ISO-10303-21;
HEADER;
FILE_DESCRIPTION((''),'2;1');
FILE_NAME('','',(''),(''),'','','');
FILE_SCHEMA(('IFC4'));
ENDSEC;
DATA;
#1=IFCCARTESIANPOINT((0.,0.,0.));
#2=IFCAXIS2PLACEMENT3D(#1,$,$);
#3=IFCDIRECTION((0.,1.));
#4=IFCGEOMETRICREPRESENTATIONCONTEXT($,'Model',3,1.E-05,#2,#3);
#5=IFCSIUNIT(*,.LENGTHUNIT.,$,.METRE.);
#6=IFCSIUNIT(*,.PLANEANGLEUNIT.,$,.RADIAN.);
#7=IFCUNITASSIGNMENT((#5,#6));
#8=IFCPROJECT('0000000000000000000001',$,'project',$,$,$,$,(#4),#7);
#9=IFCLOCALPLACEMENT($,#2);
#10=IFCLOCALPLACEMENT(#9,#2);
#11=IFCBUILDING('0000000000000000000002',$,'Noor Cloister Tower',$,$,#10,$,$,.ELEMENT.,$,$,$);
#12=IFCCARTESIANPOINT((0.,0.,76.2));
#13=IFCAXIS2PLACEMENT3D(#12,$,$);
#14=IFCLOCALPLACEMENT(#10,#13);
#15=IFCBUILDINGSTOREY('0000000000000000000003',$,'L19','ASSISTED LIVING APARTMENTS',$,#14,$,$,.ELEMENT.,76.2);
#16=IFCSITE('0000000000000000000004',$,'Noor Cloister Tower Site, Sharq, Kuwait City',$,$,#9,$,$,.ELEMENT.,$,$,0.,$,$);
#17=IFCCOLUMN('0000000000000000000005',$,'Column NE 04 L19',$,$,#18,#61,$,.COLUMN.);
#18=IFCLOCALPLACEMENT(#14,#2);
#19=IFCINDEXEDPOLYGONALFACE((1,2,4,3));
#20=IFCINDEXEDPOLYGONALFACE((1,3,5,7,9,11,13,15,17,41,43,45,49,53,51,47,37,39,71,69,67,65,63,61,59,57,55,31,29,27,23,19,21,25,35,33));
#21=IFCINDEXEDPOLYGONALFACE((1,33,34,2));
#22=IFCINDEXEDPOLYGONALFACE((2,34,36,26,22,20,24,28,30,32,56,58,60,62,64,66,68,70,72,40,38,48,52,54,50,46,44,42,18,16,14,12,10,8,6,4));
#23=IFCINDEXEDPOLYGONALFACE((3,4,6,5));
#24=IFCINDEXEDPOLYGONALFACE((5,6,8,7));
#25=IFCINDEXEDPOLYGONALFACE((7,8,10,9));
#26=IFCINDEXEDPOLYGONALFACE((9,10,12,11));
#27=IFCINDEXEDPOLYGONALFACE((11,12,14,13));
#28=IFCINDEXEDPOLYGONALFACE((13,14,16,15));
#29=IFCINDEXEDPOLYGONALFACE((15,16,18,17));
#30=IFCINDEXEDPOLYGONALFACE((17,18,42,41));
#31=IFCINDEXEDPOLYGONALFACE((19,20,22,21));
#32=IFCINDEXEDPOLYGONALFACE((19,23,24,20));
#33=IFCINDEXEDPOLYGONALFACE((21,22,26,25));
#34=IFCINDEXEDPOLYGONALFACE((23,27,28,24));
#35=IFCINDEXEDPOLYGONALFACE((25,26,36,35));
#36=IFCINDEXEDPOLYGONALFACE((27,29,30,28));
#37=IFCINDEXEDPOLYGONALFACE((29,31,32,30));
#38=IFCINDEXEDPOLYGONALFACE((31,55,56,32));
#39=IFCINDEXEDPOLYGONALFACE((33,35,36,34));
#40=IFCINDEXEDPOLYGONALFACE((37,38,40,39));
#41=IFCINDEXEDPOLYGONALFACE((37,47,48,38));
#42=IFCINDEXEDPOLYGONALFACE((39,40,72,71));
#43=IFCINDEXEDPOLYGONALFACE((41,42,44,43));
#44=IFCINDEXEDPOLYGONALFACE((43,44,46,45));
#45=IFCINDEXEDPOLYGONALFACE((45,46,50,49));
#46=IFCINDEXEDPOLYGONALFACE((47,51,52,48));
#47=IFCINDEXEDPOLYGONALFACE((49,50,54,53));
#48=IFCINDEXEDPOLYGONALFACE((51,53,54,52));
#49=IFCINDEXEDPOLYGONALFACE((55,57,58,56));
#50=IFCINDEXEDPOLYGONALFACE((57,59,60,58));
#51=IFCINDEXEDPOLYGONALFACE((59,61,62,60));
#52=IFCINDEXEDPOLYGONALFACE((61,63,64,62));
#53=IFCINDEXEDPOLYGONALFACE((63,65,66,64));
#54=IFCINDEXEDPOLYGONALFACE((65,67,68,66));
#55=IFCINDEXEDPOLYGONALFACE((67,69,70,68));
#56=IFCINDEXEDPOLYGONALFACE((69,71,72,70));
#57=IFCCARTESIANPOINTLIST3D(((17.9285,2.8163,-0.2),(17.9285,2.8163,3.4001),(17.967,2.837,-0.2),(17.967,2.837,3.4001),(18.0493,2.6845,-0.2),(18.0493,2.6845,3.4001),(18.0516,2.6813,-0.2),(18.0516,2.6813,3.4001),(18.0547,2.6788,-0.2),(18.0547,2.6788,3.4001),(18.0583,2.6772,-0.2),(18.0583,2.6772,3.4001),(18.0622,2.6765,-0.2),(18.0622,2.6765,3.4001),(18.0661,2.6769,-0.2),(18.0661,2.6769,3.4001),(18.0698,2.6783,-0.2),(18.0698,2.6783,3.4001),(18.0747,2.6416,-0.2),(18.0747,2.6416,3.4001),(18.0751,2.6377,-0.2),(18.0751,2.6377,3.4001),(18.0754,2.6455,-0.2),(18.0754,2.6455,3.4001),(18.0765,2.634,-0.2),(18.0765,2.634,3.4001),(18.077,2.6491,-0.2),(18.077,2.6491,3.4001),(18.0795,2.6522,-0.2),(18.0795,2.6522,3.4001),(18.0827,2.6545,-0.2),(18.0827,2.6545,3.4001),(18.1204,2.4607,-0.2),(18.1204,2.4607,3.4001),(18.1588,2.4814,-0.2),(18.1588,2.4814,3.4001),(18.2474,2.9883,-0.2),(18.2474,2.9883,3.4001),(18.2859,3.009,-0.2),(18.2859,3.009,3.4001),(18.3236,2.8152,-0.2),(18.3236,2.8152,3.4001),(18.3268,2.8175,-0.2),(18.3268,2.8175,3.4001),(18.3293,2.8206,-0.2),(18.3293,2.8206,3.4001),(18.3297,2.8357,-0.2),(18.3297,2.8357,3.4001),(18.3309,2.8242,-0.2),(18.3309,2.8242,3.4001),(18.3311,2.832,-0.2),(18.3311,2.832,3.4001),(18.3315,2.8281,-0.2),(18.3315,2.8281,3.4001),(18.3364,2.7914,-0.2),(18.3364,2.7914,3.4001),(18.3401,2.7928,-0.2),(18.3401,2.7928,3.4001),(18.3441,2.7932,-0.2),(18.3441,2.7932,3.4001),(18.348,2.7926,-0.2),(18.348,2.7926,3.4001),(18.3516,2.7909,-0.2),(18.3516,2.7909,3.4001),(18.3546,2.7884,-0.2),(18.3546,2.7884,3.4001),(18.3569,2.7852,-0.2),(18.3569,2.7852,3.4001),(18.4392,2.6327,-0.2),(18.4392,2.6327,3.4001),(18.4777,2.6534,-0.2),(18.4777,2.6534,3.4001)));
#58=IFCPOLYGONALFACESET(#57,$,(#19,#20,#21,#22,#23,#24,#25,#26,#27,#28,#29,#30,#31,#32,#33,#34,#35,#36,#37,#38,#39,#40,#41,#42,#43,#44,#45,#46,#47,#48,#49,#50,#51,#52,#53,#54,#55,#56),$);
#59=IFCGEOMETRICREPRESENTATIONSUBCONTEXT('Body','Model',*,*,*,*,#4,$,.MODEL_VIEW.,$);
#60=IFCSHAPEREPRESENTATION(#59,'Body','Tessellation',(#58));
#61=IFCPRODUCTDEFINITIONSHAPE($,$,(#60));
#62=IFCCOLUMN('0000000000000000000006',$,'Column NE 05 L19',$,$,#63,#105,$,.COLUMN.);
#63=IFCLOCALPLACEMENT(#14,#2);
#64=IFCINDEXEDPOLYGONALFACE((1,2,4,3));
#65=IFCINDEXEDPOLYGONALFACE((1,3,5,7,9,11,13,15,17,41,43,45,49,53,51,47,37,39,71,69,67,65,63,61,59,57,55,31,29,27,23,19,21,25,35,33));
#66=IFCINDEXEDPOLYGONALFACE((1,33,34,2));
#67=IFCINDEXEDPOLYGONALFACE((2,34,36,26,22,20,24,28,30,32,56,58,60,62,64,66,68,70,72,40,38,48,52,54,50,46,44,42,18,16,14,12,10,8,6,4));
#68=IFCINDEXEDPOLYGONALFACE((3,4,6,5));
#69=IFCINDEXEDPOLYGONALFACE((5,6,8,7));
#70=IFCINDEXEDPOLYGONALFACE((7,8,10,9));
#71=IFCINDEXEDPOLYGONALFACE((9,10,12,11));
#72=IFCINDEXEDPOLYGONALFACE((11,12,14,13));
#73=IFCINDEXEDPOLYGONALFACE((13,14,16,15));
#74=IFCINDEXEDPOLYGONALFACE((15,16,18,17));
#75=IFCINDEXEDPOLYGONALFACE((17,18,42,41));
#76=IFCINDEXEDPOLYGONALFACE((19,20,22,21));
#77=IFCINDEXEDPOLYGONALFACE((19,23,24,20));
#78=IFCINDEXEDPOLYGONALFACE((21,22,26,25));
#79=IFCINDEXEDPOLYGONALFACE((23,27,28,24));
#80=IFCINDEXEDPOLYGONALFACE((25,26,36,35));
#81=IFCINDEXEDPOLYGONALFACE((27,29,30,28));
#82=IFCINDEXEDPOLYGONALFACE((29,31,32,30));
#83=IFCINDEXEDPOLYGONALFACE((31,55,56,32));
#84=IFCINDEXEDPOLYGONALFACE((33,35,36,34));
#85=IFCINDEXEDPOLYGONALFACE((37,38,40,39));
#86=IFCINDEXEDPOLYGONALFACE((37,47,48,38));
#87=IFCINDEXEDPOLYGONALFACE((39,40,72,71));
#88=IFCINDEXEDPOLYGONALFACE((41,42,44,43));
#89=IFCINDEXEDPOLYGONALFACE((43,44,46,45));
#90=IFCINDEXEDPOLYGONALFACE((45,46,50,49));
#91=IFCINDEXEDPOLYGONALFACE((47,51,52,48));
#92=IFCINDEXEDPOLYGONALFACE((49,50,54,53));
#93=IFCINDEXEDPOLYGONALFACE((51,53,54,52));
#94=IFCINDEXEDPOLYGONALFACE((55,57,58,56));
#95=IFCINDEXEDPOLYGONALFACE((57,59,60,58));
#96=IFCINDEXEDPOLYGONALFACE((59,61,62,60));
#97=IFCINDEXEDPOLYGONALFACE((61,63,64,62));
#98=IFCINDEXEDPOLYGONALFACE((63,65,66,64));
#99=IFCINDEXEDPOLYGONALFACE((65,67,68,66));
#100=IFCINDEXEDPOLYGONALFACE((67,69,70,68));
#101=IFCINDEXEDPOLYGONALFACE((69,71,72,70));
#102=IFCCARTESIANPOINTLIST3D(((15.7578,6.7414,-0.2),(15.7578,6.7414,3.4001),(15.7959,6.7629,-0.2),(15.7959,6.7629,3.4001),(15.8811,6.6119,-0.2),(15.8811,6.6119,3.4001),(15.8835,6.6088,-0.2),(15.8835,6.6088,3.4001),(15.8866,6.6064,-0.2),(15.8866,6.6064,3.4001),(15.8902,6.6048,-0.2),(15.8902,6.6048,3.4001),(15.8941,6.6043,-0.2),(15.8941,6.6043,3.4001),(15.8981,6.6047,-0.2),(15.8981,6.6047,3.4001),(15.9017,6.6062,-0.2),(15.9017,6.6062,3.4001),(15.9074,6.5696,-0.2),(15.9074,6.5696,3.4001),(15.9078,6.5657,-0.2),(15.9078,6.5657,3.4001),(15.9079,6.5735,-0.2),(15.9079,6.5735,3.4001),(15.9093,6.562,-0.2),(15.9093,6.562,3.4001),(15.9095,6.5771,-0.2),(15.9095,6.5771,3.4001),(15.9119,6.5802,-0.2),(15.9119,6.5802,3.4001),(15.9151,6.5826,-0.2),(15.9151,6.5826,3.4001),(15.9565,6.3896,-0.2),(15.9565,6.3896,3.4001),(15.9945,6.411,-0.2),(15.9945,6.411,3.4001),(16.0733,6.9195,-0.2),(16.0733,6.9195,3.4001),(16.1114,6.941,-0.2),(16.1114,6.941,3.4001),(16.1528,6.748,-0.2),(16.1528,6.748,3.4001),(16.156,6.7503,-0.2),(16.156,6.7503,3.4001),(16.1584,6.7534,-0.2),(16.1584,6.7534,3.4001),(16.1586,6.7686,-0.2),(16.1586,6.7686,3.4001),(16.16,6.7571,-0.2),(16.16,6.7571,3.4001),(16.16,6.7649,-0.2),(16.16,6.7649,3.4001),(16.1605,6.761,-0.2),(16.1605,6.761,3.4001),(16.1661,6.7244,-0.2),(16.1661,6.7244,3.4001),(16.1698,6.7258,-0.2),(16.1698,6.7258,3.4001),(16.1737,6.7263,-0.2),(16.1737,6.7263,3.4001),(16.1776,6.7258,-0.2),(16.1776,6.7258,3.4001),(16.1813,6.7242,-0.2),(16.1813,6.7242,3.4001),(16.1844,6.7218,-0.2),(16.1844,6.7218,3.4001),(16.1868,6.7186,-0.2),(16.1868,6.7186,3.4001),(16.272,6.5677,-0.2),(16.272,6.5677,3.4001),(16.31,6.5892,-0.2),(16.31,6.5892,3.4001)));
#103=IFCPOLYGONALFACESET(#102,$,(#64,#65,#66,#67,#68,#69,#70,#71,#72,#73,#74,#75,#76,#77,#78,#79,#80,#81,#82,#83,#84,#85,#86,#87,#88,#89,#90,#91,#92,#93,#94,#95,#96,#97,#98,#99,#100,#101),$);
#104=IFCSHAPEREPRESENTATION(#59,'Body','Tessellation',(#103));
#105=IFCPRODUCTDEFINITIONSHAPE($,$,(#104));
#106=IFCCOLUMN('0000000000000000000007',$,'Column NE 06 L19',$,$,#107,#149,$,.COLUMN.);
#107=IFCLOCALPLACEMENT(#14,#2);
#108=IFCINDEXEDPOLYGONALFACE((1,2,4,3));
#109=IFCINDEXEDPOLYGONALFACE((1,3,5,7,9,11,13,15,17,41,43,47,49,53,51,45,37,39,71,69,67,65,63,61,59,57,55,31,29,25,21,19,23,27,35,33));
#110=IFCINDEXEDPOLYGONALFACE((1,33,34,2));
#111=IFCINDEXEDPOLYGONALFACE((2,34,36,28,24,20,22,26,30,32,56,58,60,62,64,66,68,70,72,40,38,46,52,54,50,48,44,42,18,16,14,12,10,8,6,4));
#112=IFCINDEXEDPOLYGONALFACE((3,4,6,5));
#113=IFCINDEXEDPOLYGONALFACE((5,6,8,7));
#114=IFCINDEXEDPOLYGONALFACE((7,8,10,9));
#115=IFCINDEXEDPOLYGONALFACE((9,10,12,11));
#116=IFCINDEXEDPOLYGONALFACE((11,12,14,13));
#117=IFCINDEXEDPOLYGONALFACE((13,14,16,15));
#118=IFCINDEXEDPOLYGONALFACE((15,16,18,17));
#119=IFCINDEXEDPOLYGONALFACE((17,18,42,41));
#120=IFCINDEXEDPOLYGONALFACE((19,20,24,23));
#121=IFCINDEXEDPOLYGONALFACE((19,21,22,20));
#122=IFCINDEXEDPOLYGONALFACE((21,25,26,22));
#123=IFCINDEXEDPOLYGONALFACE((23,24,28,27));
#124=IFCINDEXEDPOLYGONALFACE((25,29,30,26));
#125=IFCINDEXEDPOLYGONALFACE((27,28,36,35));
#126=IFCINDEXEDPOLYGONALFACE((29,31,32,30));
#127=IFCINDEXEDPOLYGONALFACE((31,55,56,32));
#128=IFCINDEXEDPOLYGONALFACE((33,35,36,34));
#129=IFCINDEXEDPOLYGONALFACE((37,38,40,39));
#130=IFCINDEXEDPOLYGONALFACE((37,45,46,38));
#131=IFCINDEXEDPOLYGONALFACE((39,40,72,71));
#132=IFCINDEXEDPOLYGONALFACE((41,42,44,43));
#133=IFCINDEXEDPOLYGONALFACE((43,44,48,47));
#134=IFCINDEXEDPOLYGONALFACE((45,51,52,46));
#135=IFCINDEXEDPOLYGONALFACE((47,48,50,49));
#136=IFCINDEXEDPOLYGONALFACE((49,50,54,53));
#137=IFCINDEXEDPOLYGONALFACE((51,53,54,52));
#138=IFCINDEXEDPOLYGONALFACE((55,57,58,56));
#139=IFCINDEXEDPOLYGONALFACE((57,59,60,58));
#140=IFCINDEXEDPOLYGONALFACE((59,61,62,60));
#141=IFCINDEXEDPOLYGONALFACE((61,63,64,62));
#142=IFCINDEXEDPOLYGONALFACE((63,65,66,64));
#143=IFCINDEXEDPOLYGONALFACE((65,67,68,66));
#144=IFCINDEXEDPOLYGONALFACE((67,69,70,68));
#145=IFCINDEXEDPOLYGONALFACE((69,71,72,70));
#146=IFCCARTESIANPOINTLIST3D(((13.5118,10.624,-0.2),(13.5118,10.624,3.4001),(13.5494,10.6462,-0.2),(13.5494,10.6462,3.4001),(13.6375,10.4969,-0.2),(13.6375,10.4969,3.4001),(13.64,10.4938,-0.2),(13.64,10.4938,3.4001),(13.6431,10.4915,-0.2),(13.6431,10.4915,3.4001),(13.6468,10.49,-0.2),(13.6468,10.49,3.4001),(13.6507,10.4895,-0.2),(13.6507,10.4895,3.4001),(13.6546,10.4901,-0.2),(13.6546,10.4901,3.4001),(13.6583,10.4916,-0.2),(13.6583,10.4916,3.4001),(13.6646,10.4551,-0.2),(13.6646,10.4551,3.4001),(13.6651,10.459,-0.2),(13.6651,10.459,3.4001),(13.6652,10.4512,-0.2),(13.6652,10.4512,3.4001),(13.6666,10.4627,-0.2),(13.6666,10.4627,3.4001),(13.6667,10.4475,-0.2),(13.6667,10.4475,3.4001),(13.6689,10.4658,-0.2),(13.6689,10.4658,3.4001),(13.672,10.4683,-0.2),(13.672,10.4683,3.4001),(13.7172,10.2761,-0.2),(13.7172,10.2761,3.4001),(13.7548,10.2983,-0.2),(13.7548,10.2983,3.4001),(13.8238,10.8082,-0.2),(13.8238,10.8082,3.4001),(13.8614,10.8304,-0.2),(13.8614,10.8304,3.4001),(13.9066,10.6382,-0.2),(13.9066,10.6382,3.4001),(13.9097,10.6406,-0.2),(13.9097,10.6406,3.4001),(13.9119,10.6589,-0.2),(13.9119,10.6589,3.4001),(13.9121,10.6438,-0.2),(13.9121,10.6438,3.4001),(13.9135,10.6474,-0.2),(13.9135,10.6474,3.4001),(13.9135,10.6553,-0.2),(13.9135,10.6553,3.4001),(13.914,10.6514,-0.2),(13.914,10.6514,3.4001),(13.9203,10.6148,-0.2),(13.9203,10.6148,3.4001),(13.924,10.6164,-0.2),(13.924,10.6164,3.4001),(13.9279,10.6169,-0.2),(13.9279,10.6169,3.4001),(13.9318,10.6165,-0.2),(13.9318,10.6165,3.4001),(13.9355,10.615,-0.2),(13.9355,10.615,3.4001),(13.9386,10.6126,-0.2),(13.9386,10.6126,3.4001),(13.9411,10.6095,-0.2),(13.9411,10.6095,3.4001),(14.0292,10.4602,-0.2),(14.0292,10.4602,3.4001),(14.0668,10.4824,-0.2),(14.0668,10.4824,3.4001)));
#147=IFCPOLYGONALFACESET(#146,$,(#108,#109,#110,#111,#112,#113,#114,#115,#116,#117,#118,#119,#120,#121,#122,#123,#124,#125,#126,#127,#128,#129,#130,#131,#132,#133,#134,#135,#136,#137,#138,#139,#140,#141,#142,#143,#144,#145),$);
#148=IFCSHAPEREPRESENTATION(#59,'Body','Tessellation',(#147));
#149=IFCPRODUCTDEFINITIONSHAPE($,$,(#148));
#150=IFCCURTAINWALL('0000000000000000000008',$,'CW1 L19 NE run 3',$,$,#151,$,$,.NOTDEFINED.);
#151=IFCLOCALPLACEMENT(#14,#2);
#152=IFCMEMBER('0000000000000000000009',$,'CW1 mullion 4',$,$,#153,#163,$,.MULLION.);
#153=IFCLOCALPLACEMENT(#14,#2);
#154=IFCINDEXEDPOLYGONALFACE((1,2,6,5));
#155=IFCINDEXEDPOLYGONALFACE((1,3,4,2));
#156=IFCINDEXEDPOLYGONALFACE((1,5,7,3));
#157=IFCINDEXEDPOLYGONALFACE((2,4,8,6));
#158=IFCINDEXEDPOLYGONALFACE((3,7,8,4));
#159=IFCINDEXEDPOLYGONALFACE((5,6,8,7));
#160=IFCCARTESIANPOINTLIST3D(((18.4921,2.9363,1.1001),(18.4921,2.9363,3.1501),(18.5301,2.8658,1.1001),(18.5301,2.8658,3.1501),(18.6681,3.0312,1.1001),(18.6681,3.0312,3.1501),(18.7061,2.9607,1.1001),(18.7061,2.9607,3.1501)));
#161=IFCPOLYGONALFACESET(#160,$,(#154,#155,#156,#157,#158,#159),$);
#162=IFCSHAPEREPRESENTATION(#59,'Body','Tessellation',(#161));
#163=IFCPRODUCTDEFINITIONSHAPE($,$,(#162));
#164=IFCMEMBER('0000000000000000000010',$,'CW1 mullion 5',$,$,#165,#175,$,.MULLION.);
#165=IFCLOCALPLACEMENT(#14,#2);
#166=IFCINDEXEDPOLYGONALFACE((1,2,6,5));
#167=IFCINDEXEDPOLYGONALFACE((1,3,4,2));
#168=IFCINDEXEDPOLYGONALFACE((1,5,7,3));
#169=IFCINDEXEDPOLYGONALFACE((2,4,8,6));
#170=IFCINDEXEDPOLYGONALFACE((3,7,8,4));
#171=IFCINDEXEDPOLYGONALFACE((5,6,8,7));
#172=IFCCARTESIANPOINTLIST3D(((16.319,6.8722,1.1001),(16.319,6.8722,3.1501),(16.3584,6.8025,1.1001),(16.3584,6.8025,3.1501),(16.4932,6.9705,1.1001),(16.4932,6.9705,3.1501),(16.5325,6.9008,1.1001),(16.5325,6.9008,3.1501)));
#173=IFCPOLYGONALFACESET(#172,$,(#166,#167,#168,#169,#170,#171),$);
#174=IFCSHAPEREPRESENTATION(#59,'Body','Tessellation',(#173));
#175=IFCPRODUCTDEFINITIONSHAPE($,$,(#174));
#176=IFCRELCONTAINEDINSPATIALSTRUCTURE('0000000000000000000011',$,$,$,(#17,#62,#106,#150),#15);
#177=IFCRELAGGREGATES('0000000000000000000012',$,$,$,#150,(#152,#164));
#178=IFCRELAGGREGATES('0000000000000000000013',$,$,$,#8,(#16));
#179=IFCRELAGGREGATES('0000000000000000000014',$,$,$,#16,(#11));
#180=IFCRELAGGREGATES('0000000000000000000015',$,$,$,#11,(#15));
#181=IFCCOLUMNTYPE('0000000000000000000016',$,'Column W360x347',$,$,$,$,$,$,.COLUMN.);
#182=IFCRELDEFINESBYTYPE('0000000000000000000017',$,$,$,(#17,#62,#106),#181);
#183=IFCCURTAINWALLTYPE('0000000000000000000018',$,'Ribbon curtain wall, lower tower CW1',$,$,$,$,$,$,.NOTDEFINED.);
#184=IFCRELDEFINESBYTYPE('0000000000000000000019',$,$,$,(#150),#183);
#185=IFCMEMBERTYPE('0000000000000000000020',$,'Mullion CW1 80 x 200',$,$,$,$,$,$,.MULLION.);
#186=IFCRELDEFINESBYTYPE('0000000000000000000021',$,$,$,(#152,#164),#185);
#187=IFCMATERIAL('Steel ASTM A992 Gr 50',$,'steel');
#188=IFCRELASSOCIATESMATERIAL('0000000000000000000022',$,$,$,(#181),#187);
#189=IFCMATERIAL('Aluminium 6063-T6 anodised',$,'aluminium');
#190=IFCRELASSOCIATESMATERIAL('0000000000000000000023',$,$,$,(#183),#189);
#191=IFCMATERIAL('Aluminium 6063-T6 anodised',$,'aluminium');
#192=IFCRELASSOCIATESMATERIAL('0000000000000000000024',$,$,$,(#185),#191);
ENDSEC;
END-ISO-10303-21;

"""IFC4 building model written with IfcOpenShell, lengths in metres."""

from ifc_helpers import new_model, si_unit, direction, frame, origin, origin_2d, place, context, subcontext, project, spatial, rectangle, i_section, extrude, material, material_profile, profile_set, type_object, element, aggregate, save


model = new_model("IFC4")

# Units and contexts
model_context = context("Model", 3, precision=1e-05, world=origin(), true_north=direction((0.0, 1.0)))
body_context = subcontext(model_context, "Body", "Model", "MODEL_VIEW")
ifc_project = project(units=[si_unit("LENGTHUNIT", "METRE"), si_unit("PLANEANGLEUNIT", "RADIAN")], contexts=[model_context])

# Site, building, storey
site_placement = place(None, origin())
site = spatial("IfcSite", under=ifc_project, at=site_placement, Name="Noor Cloister Tower Site, Sharq, Kuwait City", CompositionType="ELEMENT", RefElevation=0.0)
building_placement = place(site_placement, origin())
building = spatial("IfcBuilding", under=site, at=building_placement, Name="Noor Cloister Tower", CompositionType="ELEMENT")
storey_placement = place(building_placement, frame((0.0, 0.0, 76.2)))
storey = spatial("IfcBuildingStorey", under=building, at=storey_placement, Name="L19", Description="ASSISTED LIVING APARTMENTS", CompositionType="ELEMENT", Elevation=76.2)

# Columns
ifc_material_1 = material(Name="Steel ASTM A992 Gr 50", Category="steel")
ifc_material_profile_1 = material_profile(ifc_material_1, i_section(OverallWidth=0.4041, OverallDepth=0.406, WebThickness=0.0271, FlangeThickness=0.0437, FilletRadius=0.0151, at=origin_2d()), Name="W360x347")
ifc_profile_set_1 = profile_set([ifc_material_profile_1], Name="Steel ASTM A992 Gr 50")
column_type = type_object("IfcColumnType", Name="Column W360x347", PredefinedType="COLUMN", material=ifc_profile_set_1)
for number, where, z_axis, x_axis, name in (
    (1, (18.2031, 2.7349, -0.2), (0.0, 0.0, 1.0), (-0.474733, 0.88013, 0.0), "Column NE 04 L19"),
    (2, (16.0339, 6.6653, -0.2), (0.0, 0.0, 1.0), (-0.491623, 0.870808, 0.0), "Column NE 05 L19"),
    (3, (13.7893, 10.5532, -0.2), (0.0, 0.0, 1.0), (-0.50833, 0.861162, 0.0), "Column NE 06 L19"),
):
    element("IfcColumn", number, at=place(storey_placement, frame(where, z_axis=z_axis, x_axis=x_axis)), inside=storey, type_object=column_type, Name=name, PredefinedType="COLUMN", context=body_context, shape_type="SweptSolid", body=[
        extrude(i_section(OverallWidth=0.4041, OverallDepth=0.406, WebThickness=0.0271, FlangeThickness=0.0437, FilletRadius=0.0151, at=origin_2d()), origin(), (0.0, 0.0, 1.0), 3.6001),
    ])

# Curtain wall, members
ifc_material_2 = material(Name="Aluminium 6063-T6 anodised", Category="aluminium")
curtain_wall_type = type_object("IfcCurtainWallType", Name="Ribbon curtain wall, lower tower CW1", PredefinedType="NOTDEFINED", material=ifc_material_2)
curtain_wall_placement = place(storey_placement, origin())
curtain_wall = element("IfcCurtainWall", 4, at=curtain_wall_placement, inside=storey, type_object=curtain_wall_type, Name="CW1 L19 NE run 3", PredefinedType="NOTDEFINED")
ifc_material_3 = material(Name="Aluminium 6063-T6 anodised", Category="aluminium")
ifc_material_profile_2 = material_profile(ifc_material_3, rectangle(XDim=0.2, YDim=0.0801, at=origin_2d()), Name="200 x 80 mullion")
ifc_profile_set_2 = profile_set([ifc_material_profile_2], Name="Aluminium 6063-T6 anodised")
member_type = type_object("IfcMemberType", Name="Mullion CW1 80 x 200", PredefinedType="MULLION", material=ifc_profile_set_2)
member_1_placement = place(storey_placement, frame((18.5991, 2.9485, 1.1001), z_axis=(0.0, 0.0, 1.0), x_axis=(-0.88013, -0.474733, 0.0)))
member_1 = element("IfcMember", 5, at=member_1_placement, type_object=member_type, Name="CW1 mullion 4", PredefinedType="MULLION", context=body_context, shape_type="SweptSolid", body=[
    extrude(rectangle(XDim=0.2, YDim=0.0801, at=origin_2d()), origin(), (0.0, 0.0, 1.0), 2.05),
])
member_2_placement = place(storey_placement, frame((16.4258, 6.8865, 1.1001), z_axis=(0.0, 0.0, 1.0), x_axis=(-0.870808, -0.491623, 0.0)))
member_2 = element("IfcMember", 6, at=member_2_placement, type_object=member_type, Name="CW1 mullion 5", PredefinedType="MULLION", context=body_context, shape_type="SweptSolid", body=[
    extrude(rectangle(XDim=0.2, YDim=0.0801, at=origin_2d()), origin(), (0.0, 0.0, 1.0), 2.05),
])

aggregate(curtain_wall, [member_1, member_2])

save(model, "model.ifc")
